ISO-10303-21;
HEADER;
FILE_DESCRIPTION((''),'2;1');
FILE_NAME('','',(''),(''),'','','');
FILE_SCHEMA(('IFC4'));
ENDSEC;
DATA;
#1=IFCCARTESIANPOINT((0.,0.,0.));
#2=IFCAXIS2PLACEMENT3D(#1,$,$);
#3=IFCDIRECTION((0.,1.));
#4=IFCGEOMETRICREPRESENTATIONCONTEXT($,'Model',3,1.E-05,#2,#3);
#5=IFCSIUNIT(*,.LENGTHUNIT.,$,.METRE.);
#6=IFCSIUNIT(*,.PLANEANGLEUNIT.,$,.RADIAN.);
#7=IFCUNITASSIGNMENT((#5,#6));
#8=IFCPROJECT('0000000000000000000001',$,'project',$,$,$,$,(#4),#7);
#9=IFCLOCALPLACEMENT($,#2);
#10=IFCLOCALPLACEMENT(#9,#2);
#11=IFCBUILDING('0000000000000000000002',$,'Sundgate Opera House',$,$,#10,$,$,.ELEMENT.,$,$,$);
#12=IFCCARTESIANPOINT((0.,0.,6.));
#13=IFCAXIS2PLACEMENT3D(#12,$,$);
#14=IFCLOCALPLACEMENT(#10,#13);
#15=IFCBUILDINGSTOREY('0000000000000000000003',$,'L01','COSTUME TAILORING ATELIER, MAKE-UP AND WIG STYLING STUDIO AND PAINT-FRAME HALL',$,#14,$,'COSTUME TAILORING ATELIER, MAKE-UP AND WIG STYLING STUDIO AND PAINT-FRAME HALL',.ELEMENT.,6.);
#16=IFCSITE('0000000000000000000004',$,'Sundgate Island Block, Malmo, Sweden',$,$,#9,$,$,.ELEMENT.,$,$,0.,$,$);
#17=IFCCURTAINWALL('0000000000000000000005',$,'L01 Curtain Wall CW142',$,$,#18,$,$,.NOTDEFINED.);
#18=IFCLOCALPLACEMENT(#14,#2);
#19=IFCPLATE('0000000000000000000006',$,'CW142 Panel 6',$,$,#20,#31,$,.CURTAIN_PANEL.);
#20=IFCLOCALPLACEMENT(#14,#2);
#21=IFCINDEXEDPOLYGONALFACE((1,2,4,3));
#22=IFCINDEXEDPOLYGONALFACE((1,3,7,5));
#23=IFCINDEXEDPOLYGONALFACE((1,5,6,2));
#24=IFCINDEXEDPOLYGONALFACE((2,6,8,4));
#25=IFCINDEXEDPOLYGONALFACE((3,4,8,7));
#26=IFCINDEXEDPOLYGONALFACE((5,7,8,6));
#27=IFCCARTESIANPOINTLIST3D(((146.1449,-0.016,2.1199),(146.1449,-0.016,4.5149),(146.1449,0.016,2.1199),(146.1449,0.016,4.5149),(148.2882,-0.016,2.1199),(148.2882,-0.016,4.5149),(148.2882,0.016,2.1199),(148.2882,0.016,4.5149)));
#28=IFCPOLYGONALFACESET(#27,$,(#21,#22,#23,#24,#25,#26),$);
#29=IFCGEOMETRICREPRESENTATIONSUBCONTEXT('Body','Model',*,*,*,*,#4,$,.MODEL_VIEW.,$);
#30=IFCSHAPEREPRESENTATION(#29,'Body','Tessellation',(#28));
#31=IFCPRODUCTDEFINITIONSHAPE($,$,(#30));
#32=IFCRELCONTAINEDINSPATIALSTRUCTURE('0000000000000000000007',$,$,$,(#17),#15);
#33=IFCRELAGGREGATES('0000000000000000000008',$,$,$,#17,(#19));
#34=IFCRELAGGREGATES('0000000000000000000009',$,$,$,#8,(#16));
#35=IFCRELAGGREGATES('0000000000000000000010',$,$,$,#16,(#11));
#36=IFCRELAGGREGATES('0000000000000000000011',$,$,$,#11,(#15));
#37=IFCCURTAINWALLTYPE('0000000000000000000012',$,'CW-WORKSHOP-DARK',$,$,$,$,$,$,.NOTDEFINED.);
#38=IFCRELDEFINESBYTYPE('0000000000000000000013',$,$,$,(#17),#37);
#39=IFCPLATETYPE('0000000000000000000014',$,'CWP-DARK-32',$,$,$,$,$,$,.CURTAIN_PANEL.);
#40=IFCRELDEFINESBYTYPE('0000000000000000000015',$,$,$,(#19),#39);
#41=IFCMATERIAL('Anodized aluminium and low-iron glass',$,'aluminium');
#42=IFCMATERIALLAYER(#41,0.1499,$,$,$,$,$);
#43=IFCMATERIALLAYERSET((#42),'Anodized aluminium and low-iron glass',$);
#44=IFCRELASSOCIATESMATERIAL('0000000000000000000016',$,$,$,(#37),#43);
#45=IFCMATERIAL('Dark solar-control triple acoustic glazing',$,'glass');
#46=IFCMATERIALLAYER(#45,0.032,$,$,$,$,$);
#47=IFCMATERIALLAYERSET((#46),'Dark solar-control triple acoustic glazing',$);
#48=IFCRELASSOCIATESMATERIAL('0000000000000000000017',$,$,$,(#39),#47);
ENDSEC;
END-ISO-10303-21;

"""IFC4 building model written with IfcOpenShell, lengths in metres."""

from ifc_helpers import new_model, si_unit, direction, frame, origin, origin_2d, place, context, subcontext, project, spatial, rectangle, extrude, material, layer, layer_set, type_object, element, aggregate, save


model = new_model("IFC4")

# Units and contexts
model_context = context("Model", 3, precision=1e-05, world=origin(), true_north=direction((0.0, 1.0)))
body_context = subcontext(model_context, "Body", "Model", "MODEL_VIEW")
ifc_project = project(units=[si_unit("LENGTHUNIT", "METRE"), si_unit("PLANEANGLEUNIT", "RADIAN")], contexts=[model_context])

# Site, building, storey
site_placement = place(None, origin())
site = spatial("IfcSite", under=ifc_project, at=site_placement, Name="Sundgate Island Block, Malmo, Sweden", CompositionType="ELEMENT", RefElevation=0.0)
building_placement = place(site_placement, origin())
building = spatial("IfcBuilding", under=site, at=building_placement, Name="Sundgate Opera House", CompositionType="ELEMENT")
storey_placement = place(building_placement, frame((0.0, 0.0, 6.0)))
storey = spatial("IfcBuildingStorey", under=building, at=storey_placement, Name="L01", Description="COSTUME TAILORING ATELIER, MAKE-UP AND WIG STYLING STUDIO AND PAINT-FRAME HALL", LongName="COSTUME TAILORING ATELIER, MAKE-UP AND WIG STYLING STUDIO AND PAINT-FRAME HALL", CompositionType="ELEMENT", Elevation=6.0)

# Curtain wall, plate
ifc_material_1 = material(Name="Anodized aluminium and low-iron glass", Category="aluminium")
ifc_layer_1 = layer(ifc_material_1, 0.1499)
ifc_layer_set_1 = layer_set([ifc_layer_1], Name="Anodized aluminium and low-iron glass")
curtain_wall_type = type_object("IfcCurtainWallType", Name="CW-WORKSHOP-DARK", PredefinedType="NOTDEFINED", material=ifc_layer_set_1)
curtain_wall_placement = place(storey_placement, origin())
curtain_wall = element("IfcCurtainWall", 1, at=curtain_wall_placement, inside=storey, type_object=curtain_wall_type, Name="L01 Curtain Wall CW142", PredefinedType="NOTDEFINED")
ifc_material_2 = material(Name="Dark solar-control triple acoustic glazing", Category="glass")
ifc_layer_2 = layer(ifc_material_2, 0.032)
ifc_layer_set_2 = layer_set([ifc_layer_2], Name="Dark solar-control triple acoustic glazing")
plate_type = type_object("IfcPlateType", Name="CWP-DARK-32", PredefinedType="CURTAIN_PANEL", material=ifc_layer_set_2)
plate_1_placement = place(storey_placement, frame((147.2166, 0.0, 2.1199), z_axis=(0.0, 0.0, 1.0), x_axis=(-1.0, 0.0, 0.0)))
plate_1 = element("IfcPlate", 2, at=plate_1_placement, type_object=plate_type, Name="CW142 Panel 6", PredefinedType="CURTAIN_PANEL", context=body_context, shape_type="SweptSolid", body=[
    extrude(rectangle(XDim=2.1433, YDim=0.032, at=origin_2d()), origin(), (0.0, 0.0, 1.0), 2.395),
])
aggregate(curtain_wall, [plate_1])

save(model, "model.ifc")
